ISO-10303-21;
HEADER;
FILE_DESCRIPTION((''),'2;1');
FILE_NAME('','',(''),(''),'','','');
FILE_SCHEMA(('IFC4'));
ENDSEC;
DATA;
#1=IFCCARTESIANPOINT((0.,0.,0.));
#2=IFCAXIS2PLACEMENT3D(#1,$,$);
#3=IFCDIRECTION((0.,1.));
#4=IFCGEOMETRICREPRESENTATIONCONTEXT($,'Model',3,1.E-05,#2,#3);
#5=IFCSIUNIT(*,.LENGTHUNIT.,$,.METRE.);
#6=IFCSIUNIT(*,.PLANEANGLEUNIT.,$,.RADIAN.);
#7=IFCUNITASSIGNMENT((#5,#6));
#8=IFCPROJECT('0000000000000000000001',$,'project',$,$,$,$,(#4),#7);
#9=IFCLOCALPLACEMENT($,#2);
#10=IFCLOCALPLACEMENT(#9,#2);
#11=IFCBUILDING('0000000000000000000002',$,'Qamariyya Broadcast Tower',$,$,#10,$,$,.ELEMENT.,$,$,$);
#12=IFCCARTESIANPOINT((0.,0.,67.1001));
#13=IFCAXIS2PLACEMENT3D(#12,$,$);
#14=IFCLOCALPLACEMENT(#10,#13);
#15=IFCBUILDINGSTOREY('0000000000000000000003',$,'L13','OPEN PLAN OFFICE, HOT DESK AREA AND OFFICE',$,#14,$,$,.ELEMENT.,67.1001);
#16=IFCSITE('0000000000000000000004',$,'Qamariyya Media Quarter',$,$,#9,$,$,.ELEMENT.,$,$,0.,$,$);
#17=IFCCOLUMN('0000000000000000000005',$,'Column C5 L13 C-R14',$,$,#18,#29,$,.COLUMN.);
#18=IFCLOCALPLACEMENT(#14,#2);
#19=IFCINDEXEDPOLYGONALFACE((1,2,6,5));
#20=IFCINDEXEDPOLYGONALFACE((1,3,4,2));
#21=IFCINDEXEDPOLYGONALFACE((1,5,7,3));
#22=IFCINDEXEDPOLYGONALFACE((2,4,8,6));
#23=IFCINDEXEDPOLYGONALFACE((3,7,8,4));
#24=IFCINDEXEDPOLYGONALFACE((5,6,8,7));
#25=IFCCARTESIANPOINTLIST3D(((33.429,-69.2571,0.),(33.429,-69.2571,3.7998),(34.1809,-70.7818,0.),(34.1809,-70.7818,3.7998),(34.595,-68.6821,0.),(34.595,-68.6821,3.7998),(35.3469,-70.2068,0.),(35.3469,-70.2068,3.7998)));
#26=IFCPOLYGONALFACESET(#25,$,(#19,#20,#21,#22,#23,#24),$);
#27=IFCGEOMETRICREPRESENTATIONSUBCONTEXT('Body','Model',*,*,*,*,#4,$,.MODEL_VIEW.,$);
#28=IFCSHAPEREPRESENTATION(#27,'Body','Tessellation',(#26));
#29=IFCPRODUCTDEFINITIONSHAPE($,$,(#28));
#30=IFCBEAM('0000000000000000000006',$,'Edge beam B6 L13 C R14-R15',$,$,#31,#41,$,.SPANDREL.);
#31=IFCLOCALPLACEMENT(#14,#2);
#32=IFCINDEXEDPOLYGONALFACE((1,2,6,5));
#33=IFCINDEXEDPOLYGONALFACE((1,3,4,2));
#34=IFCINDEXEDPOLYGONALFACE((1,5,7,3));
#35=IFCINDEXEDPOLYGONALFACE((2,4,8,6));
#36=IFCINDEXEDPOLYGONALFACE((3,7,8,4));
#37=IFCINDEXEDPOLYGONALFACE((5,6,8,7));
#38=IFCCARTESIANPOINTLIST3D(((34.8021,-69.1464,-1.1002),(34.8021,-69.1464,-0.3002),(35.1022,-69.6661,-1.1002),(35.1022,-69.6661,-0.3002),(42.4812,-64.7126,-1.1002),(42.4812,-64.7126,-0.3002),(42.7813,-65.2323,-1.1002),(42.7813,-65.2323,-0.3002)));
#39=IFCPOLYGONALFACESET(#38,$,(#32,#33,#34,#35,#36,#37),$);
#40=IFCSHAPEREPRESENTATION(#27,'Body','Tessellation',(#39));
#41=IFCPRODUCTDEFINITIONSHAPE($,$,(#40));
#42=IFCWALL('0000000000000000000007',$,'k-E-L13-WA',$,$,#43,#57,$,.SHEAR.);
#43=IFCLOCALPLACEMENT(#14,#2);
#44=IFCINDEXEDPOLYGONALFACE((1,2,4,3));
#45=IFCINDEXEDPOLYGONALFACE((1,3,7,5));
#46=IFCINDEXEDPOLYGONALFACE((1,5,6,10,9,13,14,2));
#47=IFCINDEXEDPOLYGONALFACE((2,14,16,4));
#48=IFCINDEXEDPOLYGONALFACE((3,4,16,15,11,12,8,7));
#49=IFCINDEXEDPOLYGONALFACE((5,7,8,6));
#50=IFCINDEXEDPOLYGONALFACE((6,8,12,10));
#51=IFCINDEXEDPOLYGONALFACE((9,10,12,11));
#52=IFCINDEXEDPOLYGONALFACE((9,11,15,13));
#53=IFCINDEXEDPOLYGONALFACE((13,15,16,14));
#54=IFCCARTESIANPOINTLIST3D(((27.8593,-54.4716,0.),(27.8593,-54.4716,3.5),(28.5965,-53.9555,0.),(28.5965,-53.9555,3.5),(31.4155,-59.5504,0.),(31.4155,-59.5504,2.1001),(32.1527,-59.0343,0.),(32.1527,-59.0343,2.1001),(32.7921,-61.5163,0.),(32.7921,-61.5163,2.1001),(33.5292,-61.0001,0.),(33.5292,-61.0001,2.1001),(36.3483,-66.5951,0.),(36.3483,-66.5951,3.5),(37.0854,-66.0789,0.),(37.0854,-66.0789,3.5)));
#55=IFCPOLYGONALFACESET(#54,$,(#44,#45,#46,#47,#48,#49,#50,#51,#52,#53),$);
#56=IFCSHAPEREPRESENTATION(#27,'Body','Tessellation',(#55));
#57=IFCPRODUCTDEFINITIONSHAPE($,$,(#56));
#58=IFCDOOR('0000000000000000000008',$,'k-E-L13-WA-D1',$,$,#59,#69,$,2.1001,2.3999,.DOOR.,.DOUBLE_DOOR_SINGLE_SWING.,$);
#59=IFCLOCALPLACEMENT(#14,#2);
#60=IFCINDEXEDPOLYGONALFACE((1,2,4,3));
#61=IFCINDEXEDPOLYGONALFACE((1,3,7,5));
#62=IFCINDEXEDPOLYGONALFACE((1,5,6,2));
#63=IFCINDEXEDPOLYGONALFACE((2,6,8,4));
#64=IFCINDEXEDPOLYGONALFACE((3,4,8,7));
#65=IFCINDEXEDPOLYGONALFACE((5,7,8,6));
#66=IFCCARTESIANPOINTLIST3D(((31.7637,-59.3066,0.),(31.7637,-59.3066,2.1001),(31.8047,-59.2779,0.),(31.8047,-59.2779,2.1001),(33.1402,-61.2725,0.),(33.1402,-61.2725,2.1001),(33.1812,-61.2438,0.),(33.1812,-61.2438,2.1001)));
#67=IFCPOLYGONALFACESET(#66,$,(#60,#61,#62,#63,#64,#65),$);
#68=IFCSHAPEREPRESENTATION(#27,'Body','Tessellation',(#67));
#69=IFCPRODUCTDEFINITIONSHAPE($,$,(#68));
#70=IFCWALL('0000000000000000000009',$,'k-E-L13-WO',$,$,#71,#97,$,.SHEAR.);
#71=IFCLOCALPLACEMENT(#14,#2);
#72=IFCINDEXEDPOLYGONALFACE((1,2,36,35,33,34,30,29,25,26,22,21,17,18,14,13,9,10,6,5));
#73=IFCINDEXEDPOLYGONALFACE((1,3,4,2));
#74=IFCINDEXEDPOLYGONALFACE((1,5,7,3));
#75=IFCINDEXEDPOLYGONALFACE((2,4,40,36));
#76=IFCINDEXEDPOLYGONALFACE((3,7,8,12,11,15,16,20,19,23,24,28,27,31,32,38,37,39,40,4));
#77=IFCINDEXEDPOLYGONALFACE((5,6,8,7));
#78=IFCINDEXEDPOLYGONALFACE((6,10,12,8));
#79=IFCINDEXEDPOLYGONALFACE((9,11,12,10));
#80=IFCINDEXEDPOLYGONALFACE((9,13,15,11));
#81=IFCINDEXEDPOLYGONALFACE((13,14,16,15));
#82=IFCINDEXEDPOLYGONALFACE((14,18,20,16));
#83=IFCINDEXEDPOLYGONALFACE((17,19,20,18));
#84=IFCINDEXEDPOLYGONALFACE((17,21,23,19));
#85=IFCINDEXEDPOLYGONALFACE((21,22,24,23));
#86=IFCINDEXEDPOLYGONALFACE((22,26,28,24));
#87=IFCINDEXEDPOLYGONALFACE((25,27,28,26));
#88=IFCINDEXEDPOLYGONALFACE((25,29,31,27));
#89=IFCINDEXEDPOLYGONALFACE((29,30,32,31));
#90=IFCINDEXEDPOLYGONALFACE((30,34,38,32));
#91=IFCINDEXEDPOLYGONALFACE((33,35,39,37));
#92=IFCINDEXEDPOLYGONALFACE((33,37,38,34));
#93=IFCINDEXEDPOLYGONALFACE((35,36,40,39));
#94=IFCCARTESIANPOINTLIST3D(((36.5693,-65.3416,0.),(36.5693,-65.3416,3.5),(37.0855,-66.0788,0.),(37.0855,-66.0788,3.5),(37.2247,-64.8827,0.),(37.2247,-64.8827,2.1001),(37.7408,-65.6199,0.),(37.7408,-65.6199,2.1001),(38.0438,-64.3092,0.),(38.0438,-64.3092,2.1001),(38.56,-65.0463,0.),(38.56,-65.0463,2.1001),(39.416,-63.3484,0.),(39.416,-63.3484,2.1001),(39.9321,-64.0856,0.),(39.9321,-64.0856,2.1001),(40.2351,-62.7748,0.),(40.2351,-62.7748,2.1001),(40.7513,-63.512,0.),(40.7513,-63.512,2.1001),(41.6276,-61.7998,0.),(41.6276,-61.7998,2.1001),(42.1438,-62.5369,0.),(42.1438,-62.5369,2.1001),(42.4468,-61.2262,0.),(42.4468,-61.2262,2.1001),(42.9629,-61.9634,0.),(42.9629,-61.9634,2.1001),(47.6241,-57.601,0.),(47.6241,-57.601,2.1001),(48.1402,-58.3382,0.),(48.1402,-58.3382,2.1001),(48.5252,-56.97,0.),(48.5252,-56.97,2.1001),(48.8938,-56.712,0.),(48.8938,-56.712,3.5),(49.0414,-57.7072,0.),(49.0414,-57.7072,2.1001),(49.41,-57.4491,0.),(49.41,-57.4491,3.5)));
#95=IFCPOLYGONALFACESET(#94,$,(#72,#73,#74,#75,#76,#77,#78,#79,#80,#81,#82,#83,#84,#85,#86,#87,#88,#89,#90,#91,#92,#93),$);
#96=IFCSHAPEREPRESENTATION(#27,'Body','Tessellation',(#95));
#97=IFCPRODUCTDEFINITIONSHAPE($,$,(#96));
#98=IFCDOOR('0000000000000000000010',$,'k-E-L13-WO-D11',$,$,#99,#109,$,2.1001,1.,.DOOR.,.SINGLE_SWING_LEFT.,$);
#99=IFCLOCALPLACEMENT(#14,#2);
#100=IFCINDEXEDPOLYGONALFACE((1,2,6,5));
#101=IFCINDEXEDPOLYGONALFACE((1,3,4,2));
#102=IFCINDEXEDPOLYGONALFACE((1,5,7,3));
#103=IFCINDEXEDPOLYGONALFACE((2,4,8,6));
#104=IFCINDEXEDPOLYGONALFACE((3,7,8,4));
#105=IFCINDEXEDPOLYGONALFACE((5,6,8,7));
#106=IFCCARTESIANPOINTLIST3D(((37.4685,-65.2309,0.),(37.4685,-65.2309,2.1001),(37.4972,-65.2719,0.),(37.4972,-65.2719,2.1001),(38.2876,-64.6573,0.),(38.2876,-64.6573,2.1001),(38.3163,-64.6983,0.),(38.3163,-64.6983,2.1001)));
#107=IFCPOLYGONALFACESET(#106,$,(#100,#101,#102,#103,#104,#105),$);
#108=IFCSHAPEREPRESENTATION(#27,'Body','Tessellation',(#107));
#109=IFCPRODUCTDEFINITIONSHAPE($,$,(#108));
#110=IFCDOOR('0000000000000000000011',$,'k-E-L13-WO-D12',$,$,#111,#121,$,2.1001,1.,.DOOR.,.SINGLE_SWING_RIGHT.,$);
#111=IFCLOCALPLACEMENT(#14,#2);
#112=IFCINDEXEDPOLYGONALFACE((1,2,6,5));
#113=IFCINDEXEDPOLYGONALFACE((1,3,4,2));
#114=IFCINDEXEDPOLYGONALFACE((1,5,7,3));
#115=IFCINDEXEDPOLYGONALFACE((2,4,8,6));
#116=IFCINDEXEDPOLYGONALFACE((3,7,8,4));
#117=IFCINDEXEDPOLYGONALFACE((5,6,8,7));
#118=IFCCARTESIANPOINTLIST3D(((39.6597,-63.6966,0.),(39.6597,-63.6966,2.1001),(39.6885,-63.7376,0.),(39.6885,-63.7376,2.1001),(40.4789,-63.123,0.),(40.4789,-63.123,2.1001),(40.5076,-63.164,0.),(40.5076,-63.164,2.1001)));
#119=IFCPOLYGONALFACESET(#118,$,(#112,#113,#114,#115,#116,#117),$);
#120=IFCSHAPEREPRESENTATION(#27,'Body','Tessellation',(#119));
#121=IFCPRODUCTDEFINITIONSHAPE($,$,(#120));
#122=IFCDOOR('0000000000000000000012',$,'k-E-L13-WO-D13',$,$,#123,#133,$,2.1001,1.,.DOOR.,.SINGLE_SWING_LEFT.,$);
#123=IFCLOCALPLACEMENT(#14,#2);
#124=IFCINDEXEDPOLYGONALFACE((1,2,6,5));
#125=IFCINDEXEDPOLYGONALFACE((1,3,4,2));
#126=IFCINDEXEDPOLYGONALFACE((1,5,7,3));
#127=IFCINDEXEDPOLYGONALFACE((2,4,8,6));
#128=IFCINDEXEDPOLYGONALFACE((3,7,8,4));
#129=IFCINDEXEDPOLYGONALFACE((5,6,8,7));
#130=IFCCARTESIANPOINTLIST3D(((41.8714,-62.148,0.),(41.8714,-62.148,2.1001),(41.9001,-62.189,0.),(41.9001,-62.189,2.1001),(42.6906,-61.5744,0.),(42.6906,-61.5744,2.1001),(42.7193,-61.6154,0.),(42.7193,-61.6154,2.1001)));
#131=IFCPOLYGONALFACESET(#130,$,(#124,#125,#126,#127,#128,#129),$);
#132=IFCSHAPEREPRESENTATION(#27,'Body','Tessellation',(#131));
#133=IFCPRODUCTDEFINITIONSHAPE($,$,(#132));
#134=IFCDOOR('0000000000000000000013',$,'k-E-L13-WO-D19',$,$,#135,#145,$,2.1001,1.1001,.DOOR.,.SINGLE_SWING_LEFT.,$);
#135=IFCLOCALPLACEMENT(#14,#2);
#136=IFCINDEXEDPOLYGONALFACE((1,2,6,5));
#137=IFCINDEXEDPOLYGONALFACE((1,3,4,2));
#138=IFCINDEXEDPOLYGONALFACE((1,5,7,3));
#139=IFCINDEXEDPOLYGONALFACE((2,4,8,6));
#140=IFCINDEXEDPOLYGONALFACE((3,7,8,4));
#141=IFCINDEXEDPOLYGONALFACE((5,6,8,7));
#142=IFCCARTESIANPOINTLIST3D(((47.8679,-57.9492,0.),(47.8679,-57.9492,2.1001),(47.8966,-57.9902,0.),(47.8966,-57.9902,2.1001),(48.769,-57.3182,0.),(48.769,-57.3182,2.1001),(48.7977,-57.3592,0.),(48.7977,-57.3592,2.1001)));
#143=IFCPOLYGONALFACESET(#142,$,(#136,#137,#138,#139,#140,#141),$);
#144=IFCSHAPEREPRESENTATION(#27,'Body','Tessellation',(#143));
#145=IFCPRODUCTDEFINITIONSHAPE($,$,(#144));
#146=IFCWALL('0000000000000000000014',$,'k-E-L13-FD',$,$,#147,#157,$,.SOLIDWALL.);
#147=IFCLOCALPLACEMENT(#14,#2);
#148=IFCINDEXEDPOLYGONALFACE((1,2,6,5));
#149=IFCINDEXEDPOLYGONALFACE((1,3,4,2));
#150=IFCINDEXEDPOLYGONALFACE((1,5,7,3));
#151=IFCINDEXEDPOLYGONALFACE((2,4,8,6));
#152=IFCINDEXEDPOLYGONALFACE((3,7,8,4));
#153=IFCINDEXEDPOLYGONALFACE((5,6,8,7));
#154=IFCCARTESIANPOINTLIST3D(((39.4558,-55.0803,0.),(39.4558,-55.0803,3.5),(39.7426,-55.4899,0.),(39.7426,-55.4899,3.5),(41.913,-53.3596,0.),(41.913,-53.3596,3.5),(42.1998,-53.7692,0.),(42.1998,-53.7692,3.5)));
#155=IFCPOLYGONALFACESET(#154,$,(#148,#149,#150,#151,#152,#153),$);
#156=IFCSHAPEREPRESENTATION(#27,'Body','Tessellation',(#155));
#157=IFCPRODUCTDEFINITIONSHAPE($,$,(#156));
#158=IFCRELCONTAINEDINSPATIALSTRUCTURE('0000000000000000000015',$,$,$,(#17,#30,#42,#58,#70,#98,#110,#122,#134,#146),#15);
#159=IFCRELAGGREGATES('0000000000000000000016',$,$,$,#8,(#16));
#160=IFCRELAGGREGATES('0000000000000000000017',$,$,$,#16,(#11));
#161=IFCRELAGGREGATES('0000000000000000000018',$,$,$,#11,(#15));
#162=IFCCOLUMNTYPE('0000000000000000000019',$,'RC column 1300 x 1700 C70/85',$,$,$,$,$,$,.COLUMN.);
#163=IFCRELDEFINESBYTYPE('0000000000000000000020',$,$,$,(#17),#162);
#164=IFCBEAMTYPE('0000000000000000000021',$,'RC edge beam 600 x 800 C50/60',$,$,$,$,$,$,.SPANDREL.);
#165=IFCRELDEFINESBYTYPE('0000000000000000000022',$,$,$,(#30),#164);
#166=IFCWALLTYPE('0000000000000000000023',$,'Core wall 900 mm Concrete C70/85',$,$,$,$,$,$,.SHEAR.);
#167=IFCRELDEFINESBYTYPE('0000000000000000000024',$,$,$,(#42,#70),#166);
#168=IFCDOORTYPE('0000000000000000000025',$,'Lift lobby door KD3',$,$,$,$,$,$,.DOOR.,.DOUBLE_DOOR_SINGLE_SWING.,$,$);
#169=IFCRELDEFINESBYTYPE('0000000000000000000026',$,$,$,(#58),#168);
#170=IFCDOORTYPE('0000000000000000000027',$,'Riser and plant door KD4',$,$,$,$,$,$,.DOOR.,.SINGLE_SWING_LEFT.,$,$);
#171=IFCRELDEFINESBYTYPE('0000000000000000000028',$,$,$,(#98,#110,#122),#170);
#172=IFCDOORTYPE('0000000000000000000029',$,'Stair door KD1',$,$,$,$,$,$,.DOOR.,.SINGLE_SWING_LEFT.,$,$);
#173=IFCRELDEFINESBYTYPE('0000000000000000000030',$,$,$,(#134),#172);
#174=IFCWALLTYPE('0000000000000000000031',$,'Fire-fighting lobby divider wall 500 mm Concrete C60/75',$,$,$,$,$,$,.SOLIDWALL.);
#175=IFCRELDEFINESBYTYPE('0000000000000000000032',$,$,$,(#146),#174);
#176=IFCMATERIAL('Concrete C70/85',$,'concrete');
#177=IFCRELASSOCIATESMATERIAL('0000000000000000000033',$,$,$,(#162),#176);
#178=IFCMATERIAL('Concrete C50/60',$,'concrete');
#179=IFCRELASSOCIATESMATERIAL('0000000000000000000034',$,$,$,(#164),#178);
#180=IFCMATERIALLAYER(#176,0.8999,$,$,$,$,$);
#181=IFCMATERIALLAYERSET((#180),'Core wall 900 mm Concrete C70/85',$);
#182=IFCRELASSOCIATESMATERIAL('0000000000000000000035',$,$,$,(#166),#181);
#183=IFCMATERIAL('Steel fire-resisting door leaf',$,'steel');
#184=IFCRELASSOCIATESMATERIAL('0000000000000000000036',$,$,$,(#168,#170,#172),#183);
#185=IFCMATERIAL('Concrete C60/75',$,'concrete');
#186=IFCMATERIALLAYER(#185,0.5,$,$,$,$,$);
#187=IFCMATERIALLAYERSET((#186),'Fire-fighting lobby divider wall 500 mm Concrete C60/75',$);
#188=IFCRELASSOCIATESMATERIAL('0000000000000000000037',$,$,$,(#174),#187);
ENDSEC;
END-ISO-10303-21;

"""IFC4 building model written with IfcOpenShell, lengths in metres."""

from ifc_helpers import new_model, si_unit, direction, frame, frame_2d, origin, origin_2d, place, context, subcontext, project, spatial, rectangle, extrude, material, layer, layer_set, material_profile, profile_set, type_object, element, fill, save


model = new_model("IFC4")

# Units and contexts
model_context = context("Model", 3, precision=1e-05, world=origin(), true_north=direction((0.0, 1.0)))
body_context = subcontext(model_context, "Body", "Model", "MODEL_VIEW")
ifc_project = project(units=[si_unit("LENGTHUNIT", "METRE"), si_unit("PLANEANGLEUNIT", "RADIAN")], contexts=[model_context])

# Site, building, storey
site_placement = place(None, origin())
site = spatial("IfcSite", under=ifc_project, at=site_placement, Name="Qamariyya Media Quarter", CompositionType="ELEMENT", RefElevation=0.0)
building_placement = place(site_placement, origin())
building = spatial("IfcBuilding", under=site, at=building_placement, Name="Qamariyya Broadcast Tower", CompositionType="ELEMENT")
storey_placement = place(building_placement, frame((0.0, 0.0, 67.1001)))
storey = spatial("IfcBuildingStorey", under=building, at=storey_placement, Name="L13", Description="OPEN PLAN OFFICE, HOT DESK AREA AND OFFICE", CompositionType="ELEMENT", Elevation=67.1001)

# Column
ifc_material_1 = material(Name="Concrete C70/85", Category="concrete")
ifc_material_profile_1 = material_profile(ifc_material_1, rectangle(XDim=1.3, YDim=1.7, at=origin_2d()))
ifc_profile_set_1 = profile_set([ifc_material_profile_1], Name="Concrete C70/85")
column_type = type_object("IfcColumnType", Name="RC column 1300 x 1700 C70/85", PredefinedType="COLUMN", material=ifc_profile_set_1)
column_placement = place(storey_placement, frame((34.3879, -69.7319, 0.0), z_axis=(0.0, 0.0, 1.0), x_axis=(0.896873, 0.442289, 0.0)))
element("IfcColumn", 1, at=column_placement, inside=storey, type_object=column_type, Name="Column C5 L13 C-R14", PredefinedType="COLUMN", context=body_context, shape_type="SweptSolid", body=[
    extrude(rectangle(XDim=1.3, YDim=1.7, at=origin_2d()), origin(), (0.0, 0.0, 1.0), 3.7998),
])

# Beam
ifc_material_2 = material(Name="Concrete C50/60", Category="concrete")
ifc_material_profile_2 = material_profile(ifc_material_2, rectangle(XDim=0.6001, YDim=0.8, at=origin_2d()))
ifc_profile_set_2 = profile_set([ifc_material_profile_2], Name="Concrete C50/60")
beam_type = type_object("IfcBeamType", Name="RC edge beam 600 x 800 C50/60", PredefinedType="SPANDREL", material=ifc_profile_set_2)
beam_placement = place(storey_placement, frame((34.9521, -69.4062, -0.7002), z_axis=(0.866013, 0.500021, 0.0), x_axis=(-0.500021, 0.866013, 0.0)))
element("IfcBeam", 2, at=beam_placement, inside=storey, type_object=beam_type, Name="Edge beam B6 L13 C R14-R15", PredefinedType="SPANDREL", context=body_context, shape_type="SweptSolid", body=[
    extrude(rectangle(XDim=0.6001, YDim=0.8, at=origin_2d()), origin(), (0.0, 0.0, 1.0), 8.8672),
])

# Wall, opening, door
ifc_layer_1 = layer(ifc_material_1, 0.8999)
ifc_layer_set_1 = layer_set([ifc_layer_1], Name="Core wall 900 mm Concrete C70/85")
wall_type_1 = type_object("IfcWallType", Name="Core wall 900 mm Concrete C70/85", PredefinedType="SHEAR", material=ifc_layer_set_1)
wall_1_placement = place(storey_placement, frame((36.7168, -66.3369, 0.0), z_axis=(0.0, 0.0, 1.0), x_axis=(-0.573577, 0.819151, 0.0)))
wall_1 = element("IfcWall", 3, at=wall_1_placement, inside=storey, type_object=wall_type_1, Name="k-E-L13-WA", PredefinedType="SHEAR", context=body_context, shape_type="SweptSolid", body=[
    extrude(rectangle(XDim=14.8, YDim=0.8999, at=frame_2d((7.3999, 0.0))), origin(), (0.0, 0.0, 1.0), 3.5),
])
opening_1_placement = place(wall_1_placement, frame((6.2, 0.0, 0.0)))
opening_1 = element("IfcOpeningElement", 4, at=opening_1_placement, cuts=wall_1, PredefinedType="OPENING", context=body_context, shape_type="SweptSolid", body=[
    extrude(rectangle(XDim=2.3999, YDim=2.1001, at=frame_2d((1.2, 1.05))), frame((0.0, 0.46, 0.0), z_axis=(0.0, -1.0, 0.0), x_axis=(1.0, 0.0, 0.0)), (0.0, 0.0, 1.0), 0.9199),
])
ifc_material_3 = material(Name="Steel fire-resisting door leaf", Category="steel")
door_type_1 = type_object("IfcDoorType", Name="Lift lobby door KD3", OperationType="DOUBLE_DOOR_SINGLE_SWING", PredefinedType="DOOR", material=ifc_material_3)
door_1_placement = place(opening_1_placement, origin())
door_1 = element("IfcDoor", 5, at=door_1_placement, inside=storey, type_object=door_type_1, Name="k-E-L13-WA-D1", OperationType="DOUBLE_DOOR_SINGLE_SWING", OverallHeight=2.1001, OverallWidth=2.3999, PredefinedType="DOOR", context=body_context, shape_type="SweptSolid", body=[
    extrude(rectangle(XDim=2.3999, YDim=2.1001, at=frame_2d((1.2, 1.05))), frame((0.0, 0.0249, 0.0), z_axis=(0.0, -1.0, 0.0), x_axis=(1.0, 0.0, 0.0)), (0.0, 0.0, 1.0), 0.05),
])
fill(opening_1, door_1)

# Wall, openings, doors
wall_2_placement = place(storey_placement, frame((36.8274, -65.7102, 0.0), z_axis=(0.0, 0.0, 1.0), x_axis=(0.819153, 0.573575, 0.0)))
wall_2 = element("IfcWall", 6, at=wall_2_placement, inside=storey, type_object=wall_type_1, Name="k-E-L13-WO", PredefinedType="SHEAR", context=body_context, shape_type="SweptSolid", body=[
    extrude(rectangle(XDim=15.0454, YDim=0.8999, at=frame_2d((7.5227, 0.0))), origin(), (0.0, 0.0, 1.0), 3.5),
])
opening_2_placement = place(wall_2_placement, frame((0.8, 0.0, 0.0)))
opening_2 = element("IfcOpeningElement", 7, at=opening_2_placement, cuts=wall_2, PredefinedType="OPENING", context=body_context, shape_type="SweptSolid", body=[
    extrude(rectangle(XDim=1.0, YDim=2.1001, at=frame_2d((0.5, 1.05))), frame((0.0, 0.46, 0.0), z_axis=(0.0, -1.0, 0.0), x_axis=(1.0, 0.0, 0.0)), (0.0, 0.0, 1.0), 0.9199),
])
opening_3_placement = place(wall_2_placement, frame((3.4751, 0.0, 0.0)))
opening_3 = element("IfcOpeningElement", 8, at=opening_3_placement, cuts=wall_2, PredefinedType="OPENING", context=body_context, shape_type="SweptSolid", body=[
    extrude(rectangle(XDim=1.0, YDim=2.1001, at=frame_2d((0.5, 1.05))), frame((0.0, 0.46, 0.0), z_axis=(0.0, -1.0, 0.0), x_axis=(1.0, 0.0, 0.0)), (0.0, 0.0, 1.0), 0.9199),
])
opening_4_placement = place(wall_2_placement, frame((6.175, 0.0, 0.0)))
opening_4 = element("IfcOpeningElement", 9, at=opening_4_placement, cuts=wall_2, PredefinedType="OPENING", context=body_context, shape_type="SweptSolid", body=[
    extrude(rectangle(XDim=1.0, YDim=2.1001, at=frame_2d((0.5, 1.05))), frame((0.0, 0.46, 0.0), z_axis=(0.0, -1.0, 0.0), x_axis=(1.0, 0.0, 0.0)), (0.0, 0.0, 1.0), 0.9199),
])
opening_5_placement = place(wall_2_placement, frame((13.4954, 0.0, 0.0)))
opening_5 = element("IfcOpeningElement", 10, at=opening_5_placement, cuts=wall_2, PredefinedType="OPENING", context=body_context, shape_type="SweptSolid", body=[
    extrude(rectangle(XDim=1.1001, YDim=2.1001, at=frame_2d((0.55, 1.05))), frame((0.0, 0.46, 0.0), z_axis=(0.0, -1.0, 0.0), x_axis=(1.0, 0.0, 0.0)), (0.0, 0.0, 1.0), 0.9199),
])
door_type_2 = type_object("IfcDoorType", Name="Riser and plant door KD4", OperationType="SINGLE_SWING_LEFT", PredefinedType="DOOR", material=ifc_material_3)
door_2_placement = place(opening_2_placement, origin())
door_2 = element("IfcDoor", 11, at=door_2_placement, inside=storey, type_object=door_type_2, Name="k-E-L13-WO-D11", OperationType="SINGLE_SWING_LEFT", OverallHeight=2.1001, OverallWidth=1.0, PredefinedType="DOOR", context=body_context, shape_type="SweptSolid", body=[
    extrude(rectangle(XDim=1.0, YDim=2.1001, at=frame_2d((0.5, 1.05))), frame((0.0, 0.0249, 0.0), z_axis=(0.0, -1.0, 0.0), x_axis=(1.0, 0.0, 0.0)), (0.0, 0.0, 1.0), 0.05),
])
fill(opening_2, door_2)
door_3_placement = place(opening_3_placement, origin())
door_3 = element("IfcDoor", 12, at=door_3_placement, inside=storey, type_object=door_type_2, Name="k-E-L13-WO-D12", OperationType="SINGLE_SWING_RIGHT", OverallHeight=2.1001, OverallWidth=1.0, PredefinedType="DOOR", context=body_context, shape_type="SweptSolid", body=[
    extrude(rectangle(XDim=1.0, YDim=2.1001, at=frame_2d((0.5, 1.05))), frame((0.0, 0.0249, 0.0), z_axis=(0.0, -1.0, 0.0), x_axis=(1.0, 0.0, 0.0)), (0.0, 0.0, 1.0), 0.05),
])
fill(opening_3, door_3)
door_4_placement = place(opening_4_placement, origin())
door_4 = element("IfcDoor", 13, at=door_4_placement, inside=storey, type_object=door_type_2, Name="k-E-L13-WO-D13", OperationType="SINGLE_SWING_LEFT", OverallHeight=2.1001, OverallWidth=1.0, PredefinedType="DOOR", context=body_context, shape_type="SweptSolid", body=[
    extrude(rectangle(XDim=1.0, YDim=2.1001, at=frame_2d((0.5, 1.05))), frame((0.0, 0.0249, 0.0), z_axis=(0.0, -1.0, 0.0), x_axis=(1.0, 0.0, 0.0)), (0.0, 0.0, 1.0), 0.05),
])
fill(opening_4, door_4)
door_type_3 = type_object("IfcDoorType", Name="Stair door KD1", OperationType="SINGLE_SWING_LEFT", PredefinedType="DOOR", material=ifc_material_3)
door_5_placement = place(opening_5_placement, origin())
door_5 = element("IfcDoor", 14, at=door_5_placement, inside=storey, type_object=door_type_3, Name="k-E-L13-WO-D19", OperationType="SINGLE_SWING_LEFT", OverallHeight=2.1001, OverallWidth=1.1001, PredefinedType="DOOR", context=body_context, shape_type="SweptSolid", body=[
    extrude(rectangle(XDim=1.1001, YDim=2.1001, at=frame_2d((0.55, 1.05))), frame((0.0, 0.0249, 0.0), z_axis=(0.0, -1.0, 0.0), x_axis=(1.0, 0.0, 0.0)), (0.0, 0.0, 1.0), 0.05),
])
fill(opening_5, door_5)

# Wall
ifc_material_4 = material(Name="Concrete C60/75", Category="concrete")
ifc_layer_2 = layer(ifc_material_4, 0.5)
ifc_layer_set_2 = layer_set([ifc_layer_2], Name="Fire-fighting lobby divider wall 500 mm Concrete C60/75")
wall_type_2 = type_object("IfcWallType", Name="Fire-fighting lobby divider wall 500 mm Concrete C60/75", PredefinedType="SOLIDWALL", material=ifc_layer_set_2)
wall_3_placement = place(storey_placement, frame((39.5991, -55.2852, 0.0), z_axis=(0.0, 0.0, 1.0), x_axis=(0.819136, 0.573599, 0.0)))
element("IfcWall", 15, at=wall_3_placement, inside=storey, type_object=wall_type_2, Name="k-E-L13-FD", PredefinedType="SOLIDWALL", context=body_context, shape_type="SweptSolid", body=[
    extrude(rectangle(XDim=2.9998, YDim=0.5, at=frame_2d((1.5, 0.0))), origin(), (0.0, 0.0, 1.0), 3.5),
])

save(model, "model.ifc")
